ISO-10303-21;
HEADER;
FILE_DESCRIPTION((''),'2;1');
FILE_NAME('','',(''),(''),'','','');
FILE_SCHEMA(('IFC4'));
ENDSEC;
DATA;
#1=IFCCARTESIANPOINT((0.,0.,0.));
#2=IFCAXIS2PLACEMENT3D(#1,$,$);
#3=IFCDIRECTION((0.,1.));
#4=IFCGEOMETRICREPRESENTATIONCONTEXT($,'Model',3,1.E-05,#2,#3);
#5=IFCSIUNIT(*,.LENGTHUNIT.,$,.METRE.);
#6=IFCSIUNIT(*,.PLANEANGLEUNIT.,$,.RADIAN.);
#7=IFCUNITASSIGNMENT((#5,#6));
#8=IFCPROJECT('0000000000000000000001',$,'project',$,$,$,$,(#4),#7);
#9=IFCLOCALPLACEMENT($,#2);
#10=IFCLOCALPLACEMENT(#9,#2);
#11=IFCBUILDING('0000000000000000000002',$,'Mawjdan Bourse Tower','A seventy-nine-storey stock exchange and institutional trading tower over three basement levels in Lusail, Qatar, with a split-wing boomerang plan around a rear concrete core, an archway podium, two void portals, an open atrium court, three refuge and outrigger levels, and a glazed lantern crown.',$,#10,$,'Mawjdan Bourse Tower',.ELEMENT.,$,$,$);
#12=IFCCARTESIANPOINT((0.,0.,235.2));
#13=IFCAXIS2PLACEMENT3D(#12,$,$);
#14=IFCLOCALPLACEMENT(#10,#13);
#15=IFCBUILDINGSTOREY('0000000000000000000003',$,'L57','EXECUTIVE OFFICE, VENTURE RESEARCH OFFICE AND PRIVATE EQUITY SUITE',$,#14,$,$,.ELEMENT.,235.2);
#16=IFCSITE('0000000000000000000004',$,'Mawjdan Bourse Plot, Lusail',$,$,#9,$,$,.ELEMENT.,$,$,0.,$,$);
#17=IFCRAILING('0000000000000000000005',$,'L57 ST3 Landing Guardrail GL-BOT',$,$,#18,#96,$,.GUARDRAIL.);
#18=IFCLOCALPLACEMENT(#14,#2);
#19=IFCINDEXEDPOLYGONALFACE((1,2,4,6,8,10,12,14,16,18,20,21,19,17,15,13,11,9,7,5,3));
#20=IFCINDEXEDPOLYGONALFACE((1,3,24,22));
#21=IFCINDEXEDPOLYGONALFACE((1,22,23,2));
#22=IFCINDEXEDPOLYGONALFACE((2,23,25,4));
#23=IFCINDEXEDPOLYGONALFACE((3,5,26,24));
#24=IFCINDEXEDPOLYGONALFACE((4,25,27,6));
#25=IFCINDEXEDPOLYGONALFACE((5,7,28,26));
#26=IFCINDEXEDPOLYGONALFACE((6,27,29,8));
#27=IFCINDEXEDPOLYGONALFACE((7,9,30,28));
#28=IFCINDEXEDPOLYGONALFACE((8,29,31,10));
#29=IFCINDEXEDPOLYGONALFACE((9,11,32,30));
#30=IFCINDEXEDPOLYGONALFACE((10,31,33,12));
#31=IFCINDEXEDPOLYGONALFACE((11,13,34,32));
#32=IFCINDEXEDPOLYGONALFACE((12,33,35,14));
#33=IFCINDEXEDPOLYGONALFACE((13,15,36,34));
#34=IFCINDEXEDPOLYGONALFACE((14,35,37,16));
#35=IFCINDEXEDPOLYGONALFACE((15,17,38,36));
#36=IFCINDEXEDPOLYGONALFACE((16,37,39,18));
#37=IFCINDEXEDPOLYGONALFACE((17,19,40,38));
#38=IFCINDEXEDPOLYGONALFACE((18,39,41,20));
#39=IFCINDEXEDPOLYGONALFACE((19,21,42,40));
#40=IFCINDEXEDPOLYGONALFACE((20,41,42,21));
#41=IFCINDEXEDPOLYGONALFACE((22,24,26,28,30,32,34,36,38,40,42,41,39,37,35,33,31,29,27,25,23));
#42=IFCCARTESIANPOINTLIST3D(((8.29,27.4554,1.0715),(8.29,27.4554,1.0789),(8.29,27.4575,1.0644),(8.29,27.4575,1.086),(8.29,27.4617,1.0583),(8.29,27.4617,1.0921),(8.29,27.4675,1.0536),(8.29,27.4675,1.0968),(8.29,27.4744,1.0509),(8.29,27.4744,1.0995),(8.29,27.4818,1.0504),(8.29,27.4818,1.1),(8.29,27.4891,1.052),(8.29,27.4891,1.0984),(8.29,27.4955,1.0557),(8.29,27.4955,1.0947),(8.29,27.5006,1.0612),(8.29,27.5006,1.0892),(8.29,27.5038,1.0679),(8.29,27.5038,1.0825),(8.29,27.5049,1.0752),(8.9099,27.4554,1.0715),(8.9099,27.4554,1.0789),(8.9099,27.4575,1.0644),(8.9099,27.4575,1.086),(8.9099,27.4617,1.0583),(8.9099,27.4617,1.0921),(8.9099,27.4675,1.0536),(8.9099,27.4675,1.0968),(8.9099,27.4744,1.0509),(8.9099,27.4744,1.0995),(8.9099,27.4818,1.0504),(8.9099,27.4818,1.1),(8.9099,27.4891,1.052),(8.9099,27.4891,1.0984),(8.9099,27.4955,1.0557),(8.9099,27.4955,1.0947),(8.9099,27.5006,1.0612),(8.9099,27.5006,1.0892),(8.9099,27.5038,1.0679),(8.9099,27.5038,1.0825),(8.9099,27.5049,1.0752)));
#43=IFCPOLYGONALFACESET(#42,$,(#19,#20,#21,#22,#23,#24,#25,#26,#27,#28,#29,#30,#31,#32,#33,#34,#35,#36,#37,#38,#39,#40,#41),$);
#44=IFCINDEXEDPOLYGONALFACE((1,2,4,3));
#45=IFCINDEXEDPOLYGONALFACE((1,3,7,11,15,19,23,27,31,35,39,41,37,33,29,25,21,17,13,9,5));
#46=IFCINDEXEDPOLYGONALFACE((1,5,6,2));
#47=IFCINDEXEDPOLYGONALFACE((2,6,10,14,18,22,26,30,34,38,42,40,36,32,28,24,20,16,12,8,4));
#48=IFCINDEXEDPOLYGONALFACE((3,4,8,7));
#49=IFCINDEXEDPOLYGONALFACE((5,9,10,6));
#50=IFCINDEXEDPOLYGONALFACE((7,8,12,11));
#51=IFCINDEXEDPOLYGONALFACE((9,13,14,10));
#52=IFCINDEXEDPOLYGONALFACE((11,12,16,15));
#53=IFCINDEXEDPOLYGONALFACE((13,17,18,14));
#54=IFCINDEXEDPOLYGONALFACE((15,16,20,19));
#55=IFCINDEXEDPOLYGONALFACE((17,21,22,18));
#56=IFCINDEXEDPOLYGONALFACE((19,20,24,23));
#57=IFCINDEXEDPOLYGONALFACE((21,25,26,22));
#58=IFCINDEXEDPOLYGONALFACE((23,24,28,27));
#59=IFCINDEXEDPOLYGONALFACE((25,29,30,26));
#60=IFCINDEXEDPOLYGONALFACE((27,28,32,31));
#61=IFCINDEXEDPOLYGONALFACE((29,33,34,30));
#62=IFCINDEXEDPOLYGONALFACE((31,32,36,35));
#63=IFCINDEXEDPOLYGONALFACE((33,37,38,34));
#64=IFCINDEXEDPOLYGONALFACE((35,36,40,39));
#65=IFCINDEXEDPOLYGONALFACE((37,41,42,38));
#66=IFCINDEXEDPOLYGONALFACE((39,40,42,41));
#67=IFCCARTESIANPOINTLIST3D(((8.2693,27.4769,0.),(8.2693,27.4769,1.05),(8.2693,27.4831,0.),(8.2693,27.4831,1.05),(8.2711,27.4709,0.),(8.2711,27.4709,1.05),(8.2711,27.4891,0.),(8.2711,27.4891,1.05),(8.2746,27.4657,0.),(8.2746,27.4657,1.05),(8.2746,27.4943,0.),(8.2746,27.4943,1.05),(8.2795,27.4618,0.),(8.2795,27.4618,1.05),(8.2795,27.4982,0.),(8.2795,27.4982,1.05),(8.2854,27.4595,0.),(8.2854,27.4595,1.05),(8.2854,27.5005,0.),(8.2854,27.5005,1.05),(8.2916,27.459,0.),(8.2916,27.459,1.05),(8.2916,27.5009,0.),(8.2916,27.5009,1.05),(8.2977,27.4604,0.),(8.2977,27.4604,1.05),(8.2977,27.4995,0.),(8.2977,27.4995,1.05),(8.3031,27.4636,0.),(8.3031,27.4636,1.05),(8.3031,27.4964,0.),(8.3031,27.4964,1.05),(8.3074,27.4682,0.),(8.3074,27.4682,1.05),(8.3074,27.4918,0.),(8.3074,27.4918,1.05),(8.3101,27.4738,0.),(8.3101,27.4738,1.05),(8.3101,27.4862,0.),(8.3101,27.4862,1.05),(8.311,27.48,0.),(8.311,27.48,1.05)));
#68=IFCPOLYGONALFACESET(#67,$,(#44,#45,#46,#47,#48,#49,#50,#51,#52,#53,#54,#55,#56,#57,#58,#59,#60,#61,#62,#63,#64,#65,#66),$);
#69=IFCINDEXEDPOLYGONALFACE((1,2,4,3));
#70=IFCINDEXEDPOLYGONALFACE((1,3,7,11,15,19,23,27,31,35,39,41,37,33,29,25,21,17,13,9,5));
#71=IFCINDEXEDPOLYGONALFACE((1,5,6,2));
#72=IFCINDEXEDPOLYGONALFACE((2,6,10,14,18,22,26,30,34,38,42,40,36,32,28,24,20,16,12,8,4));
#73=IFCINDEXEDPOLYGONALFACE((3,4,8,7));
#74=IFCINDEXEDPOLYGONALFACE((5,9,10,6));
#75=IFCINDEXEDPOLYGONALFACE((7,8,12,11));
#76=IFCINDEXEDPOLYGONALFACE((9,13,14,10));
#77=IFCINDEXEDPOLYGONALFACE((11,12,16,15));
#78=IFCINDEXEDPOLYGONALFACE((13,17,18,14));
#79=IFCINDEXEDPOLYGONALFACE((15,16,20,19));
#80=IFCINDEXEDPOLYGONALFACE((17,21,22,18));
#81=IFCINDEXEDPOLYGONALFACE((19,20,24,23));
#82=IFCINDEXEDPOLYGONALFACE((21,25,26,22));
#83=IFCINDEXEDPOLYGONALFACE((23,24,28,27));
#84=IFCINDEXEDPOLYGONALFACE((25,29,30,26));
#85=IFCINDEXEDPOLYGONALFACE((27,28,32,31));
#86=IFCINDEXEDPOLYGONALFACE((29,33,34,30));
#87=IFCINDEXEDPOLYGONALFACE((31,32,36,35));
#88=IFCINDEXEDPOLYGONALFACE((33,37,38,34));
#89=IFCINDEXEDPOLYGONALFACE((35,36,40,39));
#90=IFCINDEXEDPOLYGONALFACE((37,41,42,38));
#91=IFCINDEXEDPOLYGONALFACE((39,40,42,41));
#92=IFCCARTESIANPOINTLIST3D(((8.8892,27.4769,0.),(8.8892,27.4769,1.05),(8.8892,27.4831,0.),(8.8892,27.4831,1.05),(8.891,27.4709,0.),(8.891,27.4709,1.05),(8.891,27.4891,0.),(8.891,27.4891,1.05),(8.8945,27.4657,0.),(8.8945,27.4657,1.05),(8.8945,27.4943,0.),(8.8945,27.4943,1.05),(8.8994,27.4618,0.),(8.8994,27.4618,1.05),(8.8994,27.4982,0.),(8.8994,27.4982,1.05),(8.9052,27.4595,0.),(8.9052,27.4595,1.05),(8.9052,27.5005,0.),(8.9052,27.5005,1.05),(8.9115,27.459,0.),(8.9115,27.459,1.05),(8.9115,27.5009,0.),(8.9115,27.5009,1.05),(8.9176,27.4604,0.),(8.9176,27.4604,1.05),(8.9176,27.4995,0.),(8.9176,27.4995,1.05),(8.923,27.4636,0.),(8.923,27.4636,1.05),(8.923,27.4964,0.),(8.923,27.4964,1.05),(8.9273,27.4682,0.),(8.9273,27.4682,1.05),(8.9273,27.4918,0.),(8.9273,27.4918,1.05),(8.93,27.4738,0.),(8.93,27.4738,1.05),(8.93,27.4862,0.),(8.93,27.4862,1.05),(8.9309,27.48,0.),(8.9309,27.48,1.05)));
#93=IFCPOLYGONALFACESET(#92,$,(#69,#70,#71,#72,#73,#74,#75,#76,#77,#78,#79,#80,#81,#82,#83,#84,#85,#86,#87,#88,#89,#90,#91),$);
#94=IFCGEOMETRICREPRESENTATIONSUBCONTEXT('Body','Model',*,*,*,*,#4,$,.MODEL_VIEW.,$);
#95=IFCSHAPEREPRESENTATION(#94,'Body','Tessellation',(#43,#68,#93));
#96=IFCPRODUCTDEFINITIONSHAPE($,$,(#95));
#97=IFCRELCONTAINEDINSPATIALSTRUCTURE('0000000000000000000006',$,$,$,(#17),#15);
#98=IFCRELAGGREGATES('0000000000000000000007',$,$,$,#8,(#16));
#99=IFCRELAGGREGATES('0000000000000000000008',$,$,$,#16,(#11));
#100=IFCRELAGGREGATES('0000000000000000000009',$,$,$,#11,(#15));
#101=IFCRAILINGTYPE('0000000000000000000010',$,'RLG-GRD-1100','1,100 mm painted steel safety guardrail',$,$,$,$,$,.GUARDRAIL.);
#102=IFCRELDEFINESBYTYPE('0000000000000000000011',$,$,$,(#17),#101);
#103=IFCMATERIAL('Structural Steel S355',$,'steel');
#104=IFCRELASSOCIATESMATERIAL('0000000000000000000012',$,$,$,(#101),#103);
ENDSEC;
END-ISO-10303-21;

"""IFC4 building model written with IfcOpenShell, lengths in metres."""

from ifc_helpers import new_model, si_unit, direction, frame, origin, origin_2d, place, context, subcontext, project, spatial, circle, extrude, material, type_object, element, save


model = new_model("IFC4")

# Units and contexts
model_context = context("Model", 3, precision=1e-05, world=origin(), true_north=direction((0.0, 1.0)))
body_context = subcontext(model_context, "Body", "Model", "MODEL_VIEW")
ifc_project = project(units=[si_unit("LENGTHUNIT", "METRE"), si_unit("PLANEANGLEUNIT", "RADIAN")], contexts=[model_context])

# Site, building, storey
site_placement = place(None, origin())
site = spatial("IfcSite", under=ifc_project, at=site_placement, Name="Mawjdan Bourse Plot, Lusail", CompositionType="ELEMENT", RefElevation=0.0)
building_placement = place(site_placement, origin())
building = spatial("IfcBuilding", under=site, at=building_placement, Name="Mawjdan Bourse Tower", Description="A seventy-nine-storey stock exchange and institutional trading tower over three basement levels in Lusail, Qatar, with a split-wing boomerang plan around a rear concrete core, an archway podium, two void portals, an open atrium court, three refuge and outrigger levels, and a glazed lantern crown.", LongName="Mawjdan Bourse Tower", CompositionType="ELEMENT")
storey_placement = place(building_placement, frame((0.0, 0.0, 235.2)))
storey = spatial("IfcBuildingStorey", under=building, at=storey_placement, Name="L57", Description="EXECUTIVE OFFICE, VENTURE RESEARCH OFFICE AND PRIVATE EQUITY SUITE", CompositionType="ELEMENT", Elevation=235.2)

# Shared definitions
ifc_material_1 = material(Name="Structural Steel S355", Category="steel")

# Railing
railing_type_1 = type_object("IfcRailingType", Name="RLG-GRD-1100", Description="1,100 mm painted steel safety guardrail", PredefinedType="GUARDRAIL", material=ifc_material_1)
railing_1_placement = place(storey_placement, frame((8.29, 27.48, 0.0)))
element("IfcRailing", 1, at=railing_1_placement, inside=storey, type_object=railing_type_1, Name="L57 ST3 Landing Guardrail GL-BOT", PredefinedType="GUARDRAIL", context=body_context, shape_type="SweptSolid", body=[
    extrude(circle(Radius=0.0249, at=origin_2d()), frame((0.0, 0.0, 1.0752), z_axis=(1.0, 0.0, 0.0), x_axis=(0.0, 1.0, 0.0)), (0.0, 0.0, 1.0), 0.6199),
    extrude(circle(Radius=0.021, at=origin_2d()), origin(), (0.0, 0.0, 1.0), 1.05),
    extrude(circle(Radius=0.021, at=origin_2d()), frame((0.6199, 0.0, 0.0)), (0.0, 0.0, 1.0), 1.05),
])

save(model, "model.ifc")
